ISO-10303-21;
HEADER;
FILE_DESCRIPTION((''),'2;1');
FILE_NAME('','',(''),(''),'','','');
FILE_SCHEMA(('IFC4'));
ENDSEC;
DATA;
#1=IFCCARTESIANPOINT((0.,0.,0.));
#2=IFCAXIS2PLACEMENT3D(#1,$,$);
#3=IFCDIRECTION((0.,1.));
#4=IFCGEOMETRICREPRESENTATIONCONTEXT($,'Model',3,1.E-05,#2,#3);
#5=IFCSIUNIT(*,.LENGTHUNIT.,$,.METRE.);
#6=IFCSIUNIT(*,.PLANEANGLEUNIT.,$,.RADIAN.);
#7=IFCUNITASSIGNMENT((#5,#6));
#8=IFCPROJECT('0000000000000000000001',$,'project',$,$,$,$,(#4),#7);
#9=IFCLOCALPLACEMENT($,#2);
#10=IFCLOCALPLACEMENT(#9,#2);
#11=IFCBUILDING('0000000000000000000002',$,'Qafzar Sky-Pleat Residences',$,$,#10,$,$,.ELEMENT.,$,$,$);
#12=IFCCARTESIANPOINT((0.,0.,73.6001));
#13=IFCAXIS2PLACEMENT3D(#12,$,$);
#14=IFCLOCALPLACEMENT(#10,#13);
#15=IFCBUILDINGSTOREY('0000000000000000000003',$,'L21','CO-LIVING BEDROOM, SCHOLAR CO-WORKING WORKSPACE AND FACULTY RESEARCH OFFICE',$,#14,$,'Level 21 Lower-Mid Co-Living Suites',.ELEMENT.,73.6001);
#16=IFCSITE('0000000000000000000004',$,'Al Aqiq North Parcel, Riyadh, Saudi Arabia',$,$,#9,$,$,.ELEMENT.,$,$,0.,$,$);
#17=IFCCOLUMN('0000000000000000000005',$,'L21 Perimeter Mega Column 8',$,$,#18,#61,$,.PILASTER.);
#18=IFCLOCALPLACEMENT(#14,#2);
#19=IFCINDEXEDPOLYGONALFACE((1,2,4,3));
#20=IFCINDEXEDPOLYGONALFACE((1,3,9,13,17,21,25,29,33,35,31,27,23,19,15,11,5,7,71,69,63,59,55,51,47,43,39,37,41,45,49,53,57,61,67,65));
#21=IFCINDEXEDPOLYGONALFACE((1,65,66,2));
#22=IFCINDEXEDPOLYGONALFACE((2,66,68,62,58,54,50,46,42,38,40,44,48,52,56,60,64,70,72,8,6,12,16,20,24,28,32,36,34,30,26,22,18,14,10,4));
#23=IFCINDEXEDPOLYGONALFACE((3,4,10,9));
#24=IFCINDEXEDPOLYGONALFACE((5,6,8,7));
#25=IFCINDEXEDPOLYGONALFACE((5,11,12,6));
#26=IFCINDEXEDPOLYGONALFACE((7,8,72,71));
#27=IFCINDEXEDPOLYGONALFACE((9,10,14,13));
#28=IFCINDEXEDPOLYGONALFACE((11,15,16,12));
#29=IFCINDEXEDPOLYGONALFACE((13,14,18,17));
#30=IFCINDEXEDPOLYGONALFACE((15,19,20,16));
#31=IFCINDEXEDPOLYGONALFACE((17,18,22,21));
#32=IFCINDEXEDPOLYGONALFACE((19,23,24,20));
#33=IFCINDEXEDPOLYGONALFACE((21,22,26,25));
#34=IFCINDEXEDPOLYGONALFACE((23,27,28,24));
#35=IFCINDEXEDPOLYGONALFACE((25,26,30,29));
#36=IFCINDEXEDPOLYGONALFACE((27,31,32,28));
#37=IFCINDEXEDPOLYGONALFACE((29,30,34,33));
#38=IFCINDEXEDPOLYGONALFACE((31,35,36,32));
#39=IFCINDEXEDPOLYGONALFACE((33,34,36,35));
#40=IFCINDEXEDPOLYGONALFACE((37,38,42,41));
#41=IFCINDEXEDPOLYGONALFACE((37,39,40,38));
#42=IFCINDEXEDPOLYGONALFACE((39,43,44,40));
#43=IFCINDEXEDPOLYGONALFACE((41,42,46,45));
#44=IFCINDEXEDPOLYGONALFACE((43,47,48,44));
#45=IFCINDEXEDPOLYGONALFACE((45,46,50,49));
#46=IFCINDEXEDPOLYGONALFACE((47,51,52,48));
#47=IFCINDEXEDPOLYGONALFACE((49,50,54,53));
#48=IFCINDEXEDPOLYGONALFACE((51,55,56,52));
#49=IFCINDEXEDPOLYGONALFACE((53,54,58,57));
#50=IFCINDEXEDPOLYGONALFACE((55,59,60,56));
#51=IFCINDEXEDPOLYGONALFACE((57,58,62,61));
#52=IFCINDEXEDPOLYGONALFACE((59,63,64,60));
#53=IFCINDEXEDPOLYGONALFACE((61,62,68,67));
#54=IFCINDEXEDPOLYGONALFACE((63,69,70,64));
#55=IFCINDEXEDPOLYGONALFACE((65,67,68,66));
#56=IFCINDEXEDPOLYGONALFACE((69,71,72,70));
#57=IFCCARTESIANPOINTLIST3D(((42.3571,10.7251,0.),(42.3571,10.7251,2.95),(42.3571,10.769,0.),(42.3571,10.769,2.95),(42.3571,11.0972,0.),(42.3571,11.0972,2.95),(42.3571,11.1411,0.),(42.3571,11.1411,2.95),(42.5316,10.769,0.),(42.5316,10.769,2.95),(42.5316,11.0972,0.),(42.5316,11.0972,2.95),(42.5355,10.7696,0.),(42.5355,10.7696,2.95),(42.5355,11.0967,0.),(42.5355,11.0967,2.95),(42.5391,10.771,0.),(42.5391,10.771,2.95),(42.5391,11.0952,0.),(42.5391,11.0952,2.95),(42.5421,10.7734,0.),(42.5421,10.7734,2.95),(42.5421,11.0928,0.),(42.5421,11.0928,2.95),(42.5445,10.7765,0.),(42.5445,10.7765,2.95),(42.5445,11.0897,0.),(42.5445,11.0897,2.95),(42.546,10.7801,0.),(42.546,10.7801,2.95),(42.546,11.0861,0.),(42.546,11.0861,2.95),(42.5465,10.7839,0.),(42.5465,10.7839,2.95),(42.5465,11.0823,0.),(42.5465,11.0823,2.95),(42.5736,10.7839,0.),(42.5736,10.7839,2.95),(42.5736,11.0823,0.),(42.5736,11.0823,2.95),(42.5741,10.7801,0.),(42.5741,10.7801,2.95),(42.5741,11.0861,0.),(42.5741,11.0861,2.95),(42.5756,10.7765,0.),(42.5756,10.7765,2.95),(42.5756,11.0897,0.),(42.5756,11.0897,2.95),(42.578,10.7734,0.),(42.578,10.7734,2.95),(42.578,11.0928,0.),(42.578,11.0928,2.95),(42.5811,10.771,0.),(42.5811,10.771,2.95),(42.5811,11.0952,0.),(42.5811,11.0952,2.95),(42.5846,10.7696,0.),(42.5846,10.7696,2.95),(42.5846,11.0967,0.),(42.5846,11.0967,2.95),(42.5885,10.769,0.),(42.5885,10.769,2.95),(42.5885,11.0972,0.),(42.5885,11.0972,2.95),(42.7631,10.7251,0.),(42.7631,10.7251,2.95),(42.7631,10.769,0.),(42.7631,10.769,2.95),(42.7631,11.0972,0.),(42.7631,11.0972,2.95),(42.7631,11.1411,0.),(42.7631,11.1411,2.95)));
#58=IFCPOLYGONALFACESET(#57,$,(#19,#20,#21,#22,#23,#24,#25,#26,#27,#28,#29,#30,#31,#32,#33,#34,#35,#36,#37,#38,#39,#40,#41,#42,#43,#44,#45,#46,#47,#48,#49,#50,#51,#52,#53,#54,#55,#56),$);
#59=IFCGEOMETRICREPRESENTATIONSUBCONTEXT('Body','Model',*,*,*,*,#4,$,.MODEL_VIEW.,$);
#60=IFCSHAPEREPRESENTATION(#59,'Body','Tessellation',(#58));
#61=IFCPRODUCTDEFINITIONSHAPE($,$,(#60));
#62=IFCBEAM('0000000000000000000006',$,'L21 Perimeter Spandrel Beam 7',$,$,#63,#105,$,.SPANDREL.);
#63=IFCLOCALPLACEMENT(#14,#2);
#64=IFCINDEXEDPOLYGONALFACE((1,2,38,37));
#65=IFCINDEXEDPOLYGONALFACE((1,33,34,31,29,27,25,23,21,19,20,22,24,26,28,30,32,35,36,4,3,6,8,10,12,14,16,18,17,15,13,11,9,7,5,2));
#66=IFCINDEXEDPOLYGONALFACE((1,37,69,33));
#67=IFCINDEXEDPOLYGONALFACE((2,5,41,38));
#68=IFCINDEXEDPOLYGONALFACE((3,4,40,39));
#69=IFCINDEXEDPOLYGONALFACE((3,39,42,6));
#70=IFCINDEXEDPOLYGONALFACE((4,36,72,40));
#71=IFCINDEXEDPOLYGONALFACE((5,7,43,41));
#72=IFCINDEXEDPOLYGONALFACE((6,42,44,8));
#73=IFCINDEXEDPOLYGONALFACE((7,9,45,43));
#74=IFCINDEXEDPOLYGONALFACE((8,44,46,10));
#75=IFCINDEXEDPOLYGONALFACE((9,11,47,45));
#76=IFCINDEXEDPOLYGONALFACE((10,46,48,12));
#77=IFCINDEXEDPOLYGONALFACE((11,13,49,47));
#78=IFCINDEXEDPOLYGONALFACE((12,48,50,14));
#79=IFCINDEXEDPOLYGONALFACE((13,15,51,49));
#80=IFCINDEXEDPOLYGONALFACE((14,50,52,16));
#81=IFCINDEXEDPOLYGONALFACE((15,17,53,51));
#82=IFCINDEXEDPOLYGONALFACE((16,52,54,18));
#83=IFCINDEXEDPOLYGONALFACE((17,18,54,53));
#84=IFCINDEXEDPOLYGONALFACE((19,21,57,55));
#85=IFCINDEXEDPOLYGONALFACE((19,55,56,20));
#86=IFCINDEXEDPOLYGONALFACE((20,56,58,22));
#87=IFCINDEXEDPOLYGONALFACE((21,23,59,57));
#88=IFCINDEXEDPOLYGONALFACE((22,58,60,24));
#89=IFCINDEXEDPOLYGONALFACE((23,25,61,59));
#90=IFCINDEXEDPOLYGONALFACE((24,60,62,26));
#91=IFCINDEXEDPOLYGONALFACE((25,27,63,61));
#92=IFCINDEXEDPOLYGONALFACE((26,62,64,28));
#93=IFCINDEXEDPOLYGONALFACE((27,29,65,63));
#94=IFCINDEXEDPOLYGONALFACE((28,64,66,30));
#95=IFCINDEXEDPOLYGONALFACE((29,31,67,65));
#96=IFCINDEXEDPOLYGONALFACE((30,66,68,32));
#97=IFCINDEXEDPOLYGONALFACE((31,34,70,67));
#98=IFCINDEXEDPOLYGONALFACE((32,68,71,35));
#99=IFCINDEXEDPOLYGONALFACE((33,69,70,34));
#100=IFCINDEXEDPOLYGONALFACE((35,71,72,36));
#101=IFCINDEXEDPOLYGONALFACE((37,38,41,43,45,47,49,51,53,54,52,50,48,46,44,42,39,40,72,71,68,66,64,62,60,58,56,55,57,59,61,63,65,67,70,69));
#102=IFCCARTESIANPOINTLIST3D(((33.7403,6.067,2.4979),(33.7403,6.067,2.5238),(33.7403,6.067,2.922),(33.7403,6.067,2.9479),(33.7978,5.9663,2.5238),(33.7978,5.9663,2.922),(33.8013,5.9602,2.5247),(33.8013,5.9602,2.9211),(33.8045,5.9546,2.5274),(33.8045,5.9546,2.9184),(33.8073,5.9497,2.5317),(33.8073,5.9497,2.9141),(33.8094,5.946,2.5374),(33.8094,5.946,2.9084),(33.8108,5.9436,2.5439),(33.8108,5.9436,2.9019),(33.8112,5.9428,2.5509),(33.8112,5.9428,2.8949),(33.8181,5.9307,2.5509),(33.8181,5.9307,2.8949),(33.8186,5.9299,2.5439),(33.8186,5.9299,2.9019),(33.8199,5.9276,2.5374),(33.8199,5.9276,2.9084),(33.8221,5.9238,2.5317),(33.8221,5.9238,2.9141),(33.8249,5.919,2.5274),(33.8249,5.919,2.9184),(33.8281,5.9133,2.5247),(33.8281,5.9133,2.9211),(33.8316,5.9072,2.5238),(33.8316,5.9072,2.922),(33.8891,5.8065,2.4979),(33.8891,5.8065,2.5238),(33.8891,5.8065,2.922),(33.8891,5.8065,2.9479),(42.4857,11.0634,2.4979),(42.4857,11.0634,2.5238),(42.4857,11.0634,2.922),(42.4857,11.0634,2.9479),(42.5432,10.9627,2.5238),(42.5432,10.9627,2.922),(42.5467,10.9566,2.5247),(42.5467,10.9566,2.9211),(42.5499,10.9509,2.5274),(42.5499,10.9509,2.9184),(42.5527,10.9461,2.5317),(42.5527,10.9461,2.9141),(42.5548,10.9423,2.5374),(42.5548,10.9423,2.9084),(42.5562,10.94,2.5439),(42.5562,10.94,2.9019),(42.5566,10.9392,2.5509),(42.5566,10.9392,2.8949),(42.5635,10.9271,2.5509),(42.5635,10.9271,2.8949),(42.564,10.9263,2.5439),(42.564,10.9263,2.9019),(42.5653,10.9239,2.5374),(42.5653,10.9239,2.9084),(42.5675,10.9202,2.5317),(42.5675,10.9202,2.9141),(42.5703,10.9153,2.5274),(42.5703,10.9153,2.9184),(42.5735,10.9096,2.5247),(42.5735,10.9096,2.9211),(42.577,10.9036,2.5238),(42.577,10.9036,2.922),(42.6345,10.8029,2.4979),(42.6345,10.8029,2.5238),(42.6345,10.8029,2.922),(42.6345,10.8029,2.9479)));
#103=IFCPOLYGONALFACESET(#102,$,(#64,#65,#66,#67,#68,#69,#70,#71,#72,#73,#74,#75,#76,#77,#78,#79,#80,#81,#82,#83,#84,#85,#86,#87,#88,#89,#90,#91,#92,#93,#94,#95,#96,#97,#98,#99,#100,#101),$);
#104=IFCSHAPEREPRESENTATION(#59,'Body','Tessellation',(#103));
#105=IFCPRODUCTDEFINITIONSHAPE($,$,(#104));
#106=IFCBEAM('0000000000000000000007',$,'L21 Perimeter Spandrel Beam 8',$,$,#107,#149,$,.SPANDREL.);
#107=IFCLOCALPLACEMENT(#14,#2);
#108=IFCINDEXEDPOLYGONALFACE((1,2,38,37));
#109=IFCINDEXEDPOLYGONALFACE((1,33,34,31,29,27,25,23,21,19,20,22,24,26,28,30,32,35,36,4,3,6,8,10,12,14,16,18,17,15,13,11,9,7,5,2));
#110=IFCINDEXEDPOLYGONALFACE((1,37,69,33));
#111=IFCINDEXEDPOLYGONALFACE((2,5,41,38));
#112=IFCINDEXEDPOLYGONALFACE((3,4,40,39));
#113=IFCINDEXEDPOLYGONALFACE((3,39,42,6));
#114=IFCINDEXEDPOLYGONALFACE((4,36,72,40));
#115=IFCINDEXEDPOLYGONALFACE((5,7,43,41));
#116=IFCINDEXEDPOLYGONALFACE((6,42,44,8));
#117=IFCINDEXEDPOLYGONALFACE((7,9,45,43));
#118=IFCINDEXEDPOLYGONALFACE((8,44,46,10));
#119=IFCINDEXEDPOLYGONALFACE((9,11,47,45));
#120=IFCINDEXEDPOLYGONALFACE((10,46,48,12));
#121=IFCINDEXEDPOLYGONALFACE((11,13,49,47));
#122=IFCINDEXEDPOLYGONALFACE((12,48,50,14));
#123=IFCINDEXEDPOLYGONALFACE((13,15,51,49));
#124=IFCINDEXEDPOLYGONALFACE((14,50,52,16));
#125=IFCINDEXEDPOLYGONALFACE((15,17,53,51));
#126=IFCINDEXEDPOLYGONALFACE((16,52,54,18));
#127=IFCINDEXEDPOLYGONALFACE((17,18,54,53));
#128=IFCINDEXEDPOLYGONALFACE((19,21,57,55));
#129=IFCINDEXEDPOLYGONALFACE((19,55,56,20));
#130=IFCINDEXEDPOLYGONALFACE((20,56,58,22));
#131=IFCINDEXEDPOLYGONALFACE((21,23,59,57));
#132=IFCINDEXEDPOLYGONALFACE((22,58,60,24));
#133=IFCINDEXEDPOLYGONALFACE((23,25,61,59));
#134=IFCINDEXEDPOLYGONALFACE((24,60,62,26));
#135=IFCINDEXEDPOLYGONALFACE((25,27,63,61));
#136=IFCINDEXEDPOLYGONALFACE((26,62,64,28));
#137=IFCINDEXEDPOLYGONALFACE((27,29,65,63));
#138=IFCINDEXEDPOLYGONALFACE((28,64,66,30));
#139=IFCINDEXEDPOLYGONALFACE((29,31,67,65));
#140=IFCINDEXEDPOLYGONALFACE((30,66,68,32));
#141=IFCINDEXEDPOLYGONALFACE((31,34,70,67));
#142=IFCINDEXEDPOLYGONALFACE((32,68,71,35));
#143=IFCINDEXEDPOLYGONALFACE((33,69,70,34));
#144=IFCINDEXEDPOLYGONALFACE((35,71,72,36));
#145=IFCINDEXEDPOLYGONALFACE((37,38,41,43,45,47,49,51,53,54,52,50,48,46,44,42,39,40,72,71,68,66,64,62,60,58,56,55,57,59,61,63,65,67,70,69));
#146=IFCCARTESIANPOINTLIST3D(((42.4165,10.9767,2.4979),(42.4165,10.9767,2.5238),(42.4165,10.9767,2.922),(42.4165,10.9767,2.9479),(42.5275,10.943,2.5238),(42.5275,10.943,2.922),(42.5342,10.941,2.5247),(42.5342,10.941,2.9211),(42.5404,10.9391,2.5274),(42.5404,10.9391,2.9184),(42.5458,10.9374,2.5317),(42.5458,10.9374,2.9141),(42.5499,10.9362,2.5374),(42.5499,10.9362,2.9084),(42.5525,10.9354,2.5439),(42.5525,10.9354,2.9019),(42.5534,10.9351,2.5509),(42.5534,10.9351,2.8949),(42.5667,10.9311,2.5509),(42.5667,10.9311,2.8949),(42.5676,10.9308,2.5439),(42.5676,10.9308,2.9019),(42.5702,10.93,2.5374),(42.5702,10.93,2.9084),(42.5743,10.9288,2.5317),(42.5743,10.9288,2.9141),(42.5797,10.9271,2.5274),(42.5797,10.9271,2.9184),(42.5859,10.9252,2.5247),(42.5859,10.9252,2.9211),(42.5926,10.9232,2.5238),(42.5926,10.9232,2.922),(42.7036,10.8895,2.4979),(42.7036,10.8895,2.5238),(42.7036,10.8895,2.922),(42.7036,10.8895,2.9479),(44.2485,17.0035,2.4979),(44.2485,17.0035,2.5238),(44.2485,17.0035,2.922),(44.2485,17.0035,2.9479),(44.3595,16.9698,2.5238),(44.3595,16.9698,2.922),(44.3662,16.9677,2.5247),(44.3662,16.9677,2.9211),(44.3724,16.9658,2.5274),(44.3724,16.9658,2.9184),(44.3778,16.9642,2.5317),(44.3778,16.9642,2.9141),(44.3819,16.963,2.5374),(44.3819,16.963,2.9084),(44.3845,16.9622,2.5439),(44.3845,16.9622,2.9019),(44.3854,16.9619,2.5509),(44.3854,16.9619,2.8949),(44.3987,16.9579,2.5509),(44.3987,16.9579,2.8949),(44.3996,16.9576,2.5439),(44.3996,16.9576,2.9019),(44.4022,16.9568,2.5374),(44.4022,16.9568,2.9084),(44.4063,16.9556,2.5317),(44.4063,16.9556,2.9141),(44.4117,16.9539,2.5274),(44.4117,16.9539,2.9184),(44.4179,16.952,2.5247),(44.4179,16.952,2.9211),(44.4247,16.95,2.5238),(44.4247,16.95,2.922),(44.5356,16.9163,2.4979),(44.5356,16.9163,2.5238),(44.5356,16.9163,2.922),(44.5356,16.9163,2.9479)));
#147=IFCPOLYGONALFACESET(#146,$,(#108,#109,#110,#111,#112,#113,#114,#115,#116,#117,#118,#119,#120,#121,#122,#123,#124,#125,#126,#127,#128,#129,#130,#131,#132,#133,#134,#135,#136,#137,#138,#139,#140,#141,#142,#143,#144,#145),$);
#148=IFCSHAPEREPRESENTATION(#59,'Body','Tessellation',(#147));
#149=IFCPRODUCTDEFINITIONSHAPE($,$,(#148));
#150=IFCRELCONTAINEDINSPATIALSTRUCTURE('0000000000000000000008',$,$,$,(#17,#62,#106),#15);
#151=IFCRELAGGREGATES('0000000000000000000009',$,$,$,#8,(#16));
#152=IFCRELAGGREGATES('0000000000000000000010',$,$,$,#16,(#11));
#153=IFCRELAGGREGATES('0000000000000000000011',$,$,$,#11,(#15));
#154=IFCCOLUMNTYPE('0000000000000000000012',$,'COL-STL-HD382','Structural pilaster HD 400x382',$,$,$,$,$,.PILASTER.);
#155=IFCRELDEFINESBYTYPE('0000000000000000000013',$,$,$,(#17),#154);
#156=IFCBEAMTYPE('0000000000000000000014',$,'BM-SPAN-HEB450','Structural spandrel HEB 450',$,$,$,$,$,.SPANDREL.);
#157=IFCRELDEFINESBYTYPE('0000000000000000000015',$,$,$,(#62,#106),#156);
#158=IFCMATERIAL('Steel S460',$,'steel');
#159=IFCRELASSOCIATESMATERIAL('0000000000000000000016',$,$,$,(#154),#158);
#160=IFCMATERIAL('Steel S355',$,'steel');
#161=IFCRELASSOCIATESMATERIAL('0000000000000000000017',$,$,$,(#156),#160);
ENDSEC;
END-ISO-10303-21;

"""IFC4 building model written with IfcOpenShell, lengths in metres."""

from ifc_helpers import new_model, si_unit, direction, frame, origin, origin_2d, place, context, subcontext, project, spatial, i_section, extrude, source, transform, mapped, material, material_profile, profile_set, type_object, element, save


model = new_model("IFC4")

# Units and contexts
model_context = context("Model", 3, precision=1e-05, world=origin(), true_north=direction((0.0, 1.0)))
body_context = subcontext(model_context, "Body", "Model", "MODEL_VIEW")
ifc_project = project(units=[si_unit("LENGTHUNIT", "METRE"), si_unit("PLANEANGLEUNIT", "RADIAN")], contexts=[model_context])

# Site, building, storey
site_placement = place(None, origin())
site = spatial("IfcSite", under=ifc_project, at=site_placement, Name="Al Aqiq North Parcel, Riyadh, Saudi Arabia", CompositionType="ELEMENT", RefElevation=0.0)
building_placement = place(site_placement, origin())
building = spatial("IfcBuilding", under=site, at=building_placement, Name="Qafzar Sky-Pleat Residences", CompositionType="ELEMENT")
storey_placement = place(building_placement, frame((0.0, 0.0, 73.6001)))
storey = spatial("IfcBuildingStorey", under=building, at=storey_placement, Name="L21", Description="CO-LIVING BEDROOM, SCHOLAR CO-WORKING WORKSPACE AND FACULTY RESEARCH OFFICE", LongName="Level 21 Lower-Mid Co-Living Suites", CompositionType="ELEMENT", Elevation=73.6001)

# Column
ifc_material_1 = material(Name="Steel S460", Category="steel")
ifc_material_profile_1 = material_profile(ifc_material_1, i_section(OverallWidth=0.406, OverallDepth=0.416, WebThickness=0.0271, FlangeThickness=0.0439, FilletRadius=0.0149, at=origin_2d()), Name="HD 400x382")
ifc_profile_set_1 = profile_set([ifc_material_profile_1], Name="Steel S460")
column_type = type_object("IfcColumnType", Name="COL-STL-HD382", Description="Structural pilaster HD 400x382", PredefinedType="PILASTER", material=ifc_profile_set_1)
shared_shape_1 = source(origin(), body_context, "Body", "SweptSolid", [
    extrude(i_section(OverallWidth=0.406, OverallDepth=0.416, WebThickness=0.0271, FlangeThickness=0.0439, FilletRadius=0.0149, at=origin_2d()), origin(), (0.0, 0.0, 1.0), 2.95),
])
column_placement = place(storey_placement, frame((42.5601, 10.9331, 0.0), z_axis=(0.0, 0.0, 1.0), x_axis=(1.0, 0.0, 0.0)))
element("IfcColumn", 1, at=column_placement, inside=storey, type_object=column_type, Name="L21 Perimeter Mega Column 8", PredefinedType="PILASTER", context=body_context, shape_type="MappedRepresentation", body=[
    mapped(shared_shape_1, transform((0.0, 0.0, 0.0), x_axis=(1.0, 0.0, 0.0), y_axis=(0.0, 1.0, 0.0), z_axis=(0.0, 0.0, 1.0), scale=1.0)),
])

# Beams
ifc_material_2 = material(Name="Steel S355", Category="steel")
ifc_material_profile_2 = material_profile(ifc_material_2, i_section(OverallWidth=0.3, OverallDepth=0.45, WebThickness=0.0139, FlangeThickness=0.0259, FilletRadius=0.0271, at=origin_2d()), Name="HEB 450")
ifc_profile_set_2 = profile_set([ifc_material_profile_2], Name="Steel S355")
beam_type_1 = type_object("IfcBeamType", Name="BM-SPAN-HEB450", Description="Structural spandrel HEB 450", PredefinedType="SPANDREL", material=ifc_profile_set_2)
shared_shape_2 = source(origin(), body_context, "Body", "SweptSolid", [
    extrude(i_section(OverallWidth=0.3, OverallDepth=0.45, WebThickness=0.0139, FlangeThickness=0.0259, FilletRadius=0.0271, at=origin_2d()), origin(), (0.0, 0.0, 1.0), 10.072),
])
beam_1_placement = place(storey_placement, frame((33.8147, 5.9368, 2.7229), z_axis=(0.868286, 0.496063, 0.0), x_axis=(-0.496063, 0.868286, 0.0)))
element("IfcBeam", 2, at=beam_1_placement, inside=storey, type_object=beam_type_1, Name="L21 Perimeter Spandrel Beam 7", PredefinedType="SPANDREL", context=body_context, shape_type="MappedRepresentation", body=[
    mapped(shared_shape_2, transform((0.0, 0.0, 0.0), x_axis=(1.0, 0.0, 0.0), y_axis=(0.0, 1.0, 0.0), z_axis=(0.0, 0.0, 1.0), scale=1.0)),
])
shared_shape_3 = source(origin(), body_context, "Body", "SweptSolid", [
    extrude(i_section(OverallWidth=0.3, OverallDepth=0.45, WebThickness=0.0139, FlangeThickness=0.0259, FilletRadius=0.0271, at=origin_2d()), origin(), (0.0, 0.0, 1.0), 6.2991),
])
beam_2_placement = place(storey_placement, frame((42.5601, 10.9331, 2.7229), z_axis=(0.290838, 0.956772, 0.0), x_axis=(-0.956772, 0.290838, 0.0)))
element("IfcBeam", 3, at=beam_2_placement, inside=storey, type_object=beam_type_1, Name="L21 Perimeter Spandrel Beam 8", PredefinedType="SPANDREL", context=body_context, shape_type="MappedRepresentation", body=[
    mapped(shared_shape_3, transform((0.0, 0.0, 0.0), x_axis=(1.0, 0.0, 0.0), y_axis=(0.0, 1.0, 0.0), z_axis=(0.0, 0.0, 1.0), scale=1.0)),
])

save(model, "model.ifc")
